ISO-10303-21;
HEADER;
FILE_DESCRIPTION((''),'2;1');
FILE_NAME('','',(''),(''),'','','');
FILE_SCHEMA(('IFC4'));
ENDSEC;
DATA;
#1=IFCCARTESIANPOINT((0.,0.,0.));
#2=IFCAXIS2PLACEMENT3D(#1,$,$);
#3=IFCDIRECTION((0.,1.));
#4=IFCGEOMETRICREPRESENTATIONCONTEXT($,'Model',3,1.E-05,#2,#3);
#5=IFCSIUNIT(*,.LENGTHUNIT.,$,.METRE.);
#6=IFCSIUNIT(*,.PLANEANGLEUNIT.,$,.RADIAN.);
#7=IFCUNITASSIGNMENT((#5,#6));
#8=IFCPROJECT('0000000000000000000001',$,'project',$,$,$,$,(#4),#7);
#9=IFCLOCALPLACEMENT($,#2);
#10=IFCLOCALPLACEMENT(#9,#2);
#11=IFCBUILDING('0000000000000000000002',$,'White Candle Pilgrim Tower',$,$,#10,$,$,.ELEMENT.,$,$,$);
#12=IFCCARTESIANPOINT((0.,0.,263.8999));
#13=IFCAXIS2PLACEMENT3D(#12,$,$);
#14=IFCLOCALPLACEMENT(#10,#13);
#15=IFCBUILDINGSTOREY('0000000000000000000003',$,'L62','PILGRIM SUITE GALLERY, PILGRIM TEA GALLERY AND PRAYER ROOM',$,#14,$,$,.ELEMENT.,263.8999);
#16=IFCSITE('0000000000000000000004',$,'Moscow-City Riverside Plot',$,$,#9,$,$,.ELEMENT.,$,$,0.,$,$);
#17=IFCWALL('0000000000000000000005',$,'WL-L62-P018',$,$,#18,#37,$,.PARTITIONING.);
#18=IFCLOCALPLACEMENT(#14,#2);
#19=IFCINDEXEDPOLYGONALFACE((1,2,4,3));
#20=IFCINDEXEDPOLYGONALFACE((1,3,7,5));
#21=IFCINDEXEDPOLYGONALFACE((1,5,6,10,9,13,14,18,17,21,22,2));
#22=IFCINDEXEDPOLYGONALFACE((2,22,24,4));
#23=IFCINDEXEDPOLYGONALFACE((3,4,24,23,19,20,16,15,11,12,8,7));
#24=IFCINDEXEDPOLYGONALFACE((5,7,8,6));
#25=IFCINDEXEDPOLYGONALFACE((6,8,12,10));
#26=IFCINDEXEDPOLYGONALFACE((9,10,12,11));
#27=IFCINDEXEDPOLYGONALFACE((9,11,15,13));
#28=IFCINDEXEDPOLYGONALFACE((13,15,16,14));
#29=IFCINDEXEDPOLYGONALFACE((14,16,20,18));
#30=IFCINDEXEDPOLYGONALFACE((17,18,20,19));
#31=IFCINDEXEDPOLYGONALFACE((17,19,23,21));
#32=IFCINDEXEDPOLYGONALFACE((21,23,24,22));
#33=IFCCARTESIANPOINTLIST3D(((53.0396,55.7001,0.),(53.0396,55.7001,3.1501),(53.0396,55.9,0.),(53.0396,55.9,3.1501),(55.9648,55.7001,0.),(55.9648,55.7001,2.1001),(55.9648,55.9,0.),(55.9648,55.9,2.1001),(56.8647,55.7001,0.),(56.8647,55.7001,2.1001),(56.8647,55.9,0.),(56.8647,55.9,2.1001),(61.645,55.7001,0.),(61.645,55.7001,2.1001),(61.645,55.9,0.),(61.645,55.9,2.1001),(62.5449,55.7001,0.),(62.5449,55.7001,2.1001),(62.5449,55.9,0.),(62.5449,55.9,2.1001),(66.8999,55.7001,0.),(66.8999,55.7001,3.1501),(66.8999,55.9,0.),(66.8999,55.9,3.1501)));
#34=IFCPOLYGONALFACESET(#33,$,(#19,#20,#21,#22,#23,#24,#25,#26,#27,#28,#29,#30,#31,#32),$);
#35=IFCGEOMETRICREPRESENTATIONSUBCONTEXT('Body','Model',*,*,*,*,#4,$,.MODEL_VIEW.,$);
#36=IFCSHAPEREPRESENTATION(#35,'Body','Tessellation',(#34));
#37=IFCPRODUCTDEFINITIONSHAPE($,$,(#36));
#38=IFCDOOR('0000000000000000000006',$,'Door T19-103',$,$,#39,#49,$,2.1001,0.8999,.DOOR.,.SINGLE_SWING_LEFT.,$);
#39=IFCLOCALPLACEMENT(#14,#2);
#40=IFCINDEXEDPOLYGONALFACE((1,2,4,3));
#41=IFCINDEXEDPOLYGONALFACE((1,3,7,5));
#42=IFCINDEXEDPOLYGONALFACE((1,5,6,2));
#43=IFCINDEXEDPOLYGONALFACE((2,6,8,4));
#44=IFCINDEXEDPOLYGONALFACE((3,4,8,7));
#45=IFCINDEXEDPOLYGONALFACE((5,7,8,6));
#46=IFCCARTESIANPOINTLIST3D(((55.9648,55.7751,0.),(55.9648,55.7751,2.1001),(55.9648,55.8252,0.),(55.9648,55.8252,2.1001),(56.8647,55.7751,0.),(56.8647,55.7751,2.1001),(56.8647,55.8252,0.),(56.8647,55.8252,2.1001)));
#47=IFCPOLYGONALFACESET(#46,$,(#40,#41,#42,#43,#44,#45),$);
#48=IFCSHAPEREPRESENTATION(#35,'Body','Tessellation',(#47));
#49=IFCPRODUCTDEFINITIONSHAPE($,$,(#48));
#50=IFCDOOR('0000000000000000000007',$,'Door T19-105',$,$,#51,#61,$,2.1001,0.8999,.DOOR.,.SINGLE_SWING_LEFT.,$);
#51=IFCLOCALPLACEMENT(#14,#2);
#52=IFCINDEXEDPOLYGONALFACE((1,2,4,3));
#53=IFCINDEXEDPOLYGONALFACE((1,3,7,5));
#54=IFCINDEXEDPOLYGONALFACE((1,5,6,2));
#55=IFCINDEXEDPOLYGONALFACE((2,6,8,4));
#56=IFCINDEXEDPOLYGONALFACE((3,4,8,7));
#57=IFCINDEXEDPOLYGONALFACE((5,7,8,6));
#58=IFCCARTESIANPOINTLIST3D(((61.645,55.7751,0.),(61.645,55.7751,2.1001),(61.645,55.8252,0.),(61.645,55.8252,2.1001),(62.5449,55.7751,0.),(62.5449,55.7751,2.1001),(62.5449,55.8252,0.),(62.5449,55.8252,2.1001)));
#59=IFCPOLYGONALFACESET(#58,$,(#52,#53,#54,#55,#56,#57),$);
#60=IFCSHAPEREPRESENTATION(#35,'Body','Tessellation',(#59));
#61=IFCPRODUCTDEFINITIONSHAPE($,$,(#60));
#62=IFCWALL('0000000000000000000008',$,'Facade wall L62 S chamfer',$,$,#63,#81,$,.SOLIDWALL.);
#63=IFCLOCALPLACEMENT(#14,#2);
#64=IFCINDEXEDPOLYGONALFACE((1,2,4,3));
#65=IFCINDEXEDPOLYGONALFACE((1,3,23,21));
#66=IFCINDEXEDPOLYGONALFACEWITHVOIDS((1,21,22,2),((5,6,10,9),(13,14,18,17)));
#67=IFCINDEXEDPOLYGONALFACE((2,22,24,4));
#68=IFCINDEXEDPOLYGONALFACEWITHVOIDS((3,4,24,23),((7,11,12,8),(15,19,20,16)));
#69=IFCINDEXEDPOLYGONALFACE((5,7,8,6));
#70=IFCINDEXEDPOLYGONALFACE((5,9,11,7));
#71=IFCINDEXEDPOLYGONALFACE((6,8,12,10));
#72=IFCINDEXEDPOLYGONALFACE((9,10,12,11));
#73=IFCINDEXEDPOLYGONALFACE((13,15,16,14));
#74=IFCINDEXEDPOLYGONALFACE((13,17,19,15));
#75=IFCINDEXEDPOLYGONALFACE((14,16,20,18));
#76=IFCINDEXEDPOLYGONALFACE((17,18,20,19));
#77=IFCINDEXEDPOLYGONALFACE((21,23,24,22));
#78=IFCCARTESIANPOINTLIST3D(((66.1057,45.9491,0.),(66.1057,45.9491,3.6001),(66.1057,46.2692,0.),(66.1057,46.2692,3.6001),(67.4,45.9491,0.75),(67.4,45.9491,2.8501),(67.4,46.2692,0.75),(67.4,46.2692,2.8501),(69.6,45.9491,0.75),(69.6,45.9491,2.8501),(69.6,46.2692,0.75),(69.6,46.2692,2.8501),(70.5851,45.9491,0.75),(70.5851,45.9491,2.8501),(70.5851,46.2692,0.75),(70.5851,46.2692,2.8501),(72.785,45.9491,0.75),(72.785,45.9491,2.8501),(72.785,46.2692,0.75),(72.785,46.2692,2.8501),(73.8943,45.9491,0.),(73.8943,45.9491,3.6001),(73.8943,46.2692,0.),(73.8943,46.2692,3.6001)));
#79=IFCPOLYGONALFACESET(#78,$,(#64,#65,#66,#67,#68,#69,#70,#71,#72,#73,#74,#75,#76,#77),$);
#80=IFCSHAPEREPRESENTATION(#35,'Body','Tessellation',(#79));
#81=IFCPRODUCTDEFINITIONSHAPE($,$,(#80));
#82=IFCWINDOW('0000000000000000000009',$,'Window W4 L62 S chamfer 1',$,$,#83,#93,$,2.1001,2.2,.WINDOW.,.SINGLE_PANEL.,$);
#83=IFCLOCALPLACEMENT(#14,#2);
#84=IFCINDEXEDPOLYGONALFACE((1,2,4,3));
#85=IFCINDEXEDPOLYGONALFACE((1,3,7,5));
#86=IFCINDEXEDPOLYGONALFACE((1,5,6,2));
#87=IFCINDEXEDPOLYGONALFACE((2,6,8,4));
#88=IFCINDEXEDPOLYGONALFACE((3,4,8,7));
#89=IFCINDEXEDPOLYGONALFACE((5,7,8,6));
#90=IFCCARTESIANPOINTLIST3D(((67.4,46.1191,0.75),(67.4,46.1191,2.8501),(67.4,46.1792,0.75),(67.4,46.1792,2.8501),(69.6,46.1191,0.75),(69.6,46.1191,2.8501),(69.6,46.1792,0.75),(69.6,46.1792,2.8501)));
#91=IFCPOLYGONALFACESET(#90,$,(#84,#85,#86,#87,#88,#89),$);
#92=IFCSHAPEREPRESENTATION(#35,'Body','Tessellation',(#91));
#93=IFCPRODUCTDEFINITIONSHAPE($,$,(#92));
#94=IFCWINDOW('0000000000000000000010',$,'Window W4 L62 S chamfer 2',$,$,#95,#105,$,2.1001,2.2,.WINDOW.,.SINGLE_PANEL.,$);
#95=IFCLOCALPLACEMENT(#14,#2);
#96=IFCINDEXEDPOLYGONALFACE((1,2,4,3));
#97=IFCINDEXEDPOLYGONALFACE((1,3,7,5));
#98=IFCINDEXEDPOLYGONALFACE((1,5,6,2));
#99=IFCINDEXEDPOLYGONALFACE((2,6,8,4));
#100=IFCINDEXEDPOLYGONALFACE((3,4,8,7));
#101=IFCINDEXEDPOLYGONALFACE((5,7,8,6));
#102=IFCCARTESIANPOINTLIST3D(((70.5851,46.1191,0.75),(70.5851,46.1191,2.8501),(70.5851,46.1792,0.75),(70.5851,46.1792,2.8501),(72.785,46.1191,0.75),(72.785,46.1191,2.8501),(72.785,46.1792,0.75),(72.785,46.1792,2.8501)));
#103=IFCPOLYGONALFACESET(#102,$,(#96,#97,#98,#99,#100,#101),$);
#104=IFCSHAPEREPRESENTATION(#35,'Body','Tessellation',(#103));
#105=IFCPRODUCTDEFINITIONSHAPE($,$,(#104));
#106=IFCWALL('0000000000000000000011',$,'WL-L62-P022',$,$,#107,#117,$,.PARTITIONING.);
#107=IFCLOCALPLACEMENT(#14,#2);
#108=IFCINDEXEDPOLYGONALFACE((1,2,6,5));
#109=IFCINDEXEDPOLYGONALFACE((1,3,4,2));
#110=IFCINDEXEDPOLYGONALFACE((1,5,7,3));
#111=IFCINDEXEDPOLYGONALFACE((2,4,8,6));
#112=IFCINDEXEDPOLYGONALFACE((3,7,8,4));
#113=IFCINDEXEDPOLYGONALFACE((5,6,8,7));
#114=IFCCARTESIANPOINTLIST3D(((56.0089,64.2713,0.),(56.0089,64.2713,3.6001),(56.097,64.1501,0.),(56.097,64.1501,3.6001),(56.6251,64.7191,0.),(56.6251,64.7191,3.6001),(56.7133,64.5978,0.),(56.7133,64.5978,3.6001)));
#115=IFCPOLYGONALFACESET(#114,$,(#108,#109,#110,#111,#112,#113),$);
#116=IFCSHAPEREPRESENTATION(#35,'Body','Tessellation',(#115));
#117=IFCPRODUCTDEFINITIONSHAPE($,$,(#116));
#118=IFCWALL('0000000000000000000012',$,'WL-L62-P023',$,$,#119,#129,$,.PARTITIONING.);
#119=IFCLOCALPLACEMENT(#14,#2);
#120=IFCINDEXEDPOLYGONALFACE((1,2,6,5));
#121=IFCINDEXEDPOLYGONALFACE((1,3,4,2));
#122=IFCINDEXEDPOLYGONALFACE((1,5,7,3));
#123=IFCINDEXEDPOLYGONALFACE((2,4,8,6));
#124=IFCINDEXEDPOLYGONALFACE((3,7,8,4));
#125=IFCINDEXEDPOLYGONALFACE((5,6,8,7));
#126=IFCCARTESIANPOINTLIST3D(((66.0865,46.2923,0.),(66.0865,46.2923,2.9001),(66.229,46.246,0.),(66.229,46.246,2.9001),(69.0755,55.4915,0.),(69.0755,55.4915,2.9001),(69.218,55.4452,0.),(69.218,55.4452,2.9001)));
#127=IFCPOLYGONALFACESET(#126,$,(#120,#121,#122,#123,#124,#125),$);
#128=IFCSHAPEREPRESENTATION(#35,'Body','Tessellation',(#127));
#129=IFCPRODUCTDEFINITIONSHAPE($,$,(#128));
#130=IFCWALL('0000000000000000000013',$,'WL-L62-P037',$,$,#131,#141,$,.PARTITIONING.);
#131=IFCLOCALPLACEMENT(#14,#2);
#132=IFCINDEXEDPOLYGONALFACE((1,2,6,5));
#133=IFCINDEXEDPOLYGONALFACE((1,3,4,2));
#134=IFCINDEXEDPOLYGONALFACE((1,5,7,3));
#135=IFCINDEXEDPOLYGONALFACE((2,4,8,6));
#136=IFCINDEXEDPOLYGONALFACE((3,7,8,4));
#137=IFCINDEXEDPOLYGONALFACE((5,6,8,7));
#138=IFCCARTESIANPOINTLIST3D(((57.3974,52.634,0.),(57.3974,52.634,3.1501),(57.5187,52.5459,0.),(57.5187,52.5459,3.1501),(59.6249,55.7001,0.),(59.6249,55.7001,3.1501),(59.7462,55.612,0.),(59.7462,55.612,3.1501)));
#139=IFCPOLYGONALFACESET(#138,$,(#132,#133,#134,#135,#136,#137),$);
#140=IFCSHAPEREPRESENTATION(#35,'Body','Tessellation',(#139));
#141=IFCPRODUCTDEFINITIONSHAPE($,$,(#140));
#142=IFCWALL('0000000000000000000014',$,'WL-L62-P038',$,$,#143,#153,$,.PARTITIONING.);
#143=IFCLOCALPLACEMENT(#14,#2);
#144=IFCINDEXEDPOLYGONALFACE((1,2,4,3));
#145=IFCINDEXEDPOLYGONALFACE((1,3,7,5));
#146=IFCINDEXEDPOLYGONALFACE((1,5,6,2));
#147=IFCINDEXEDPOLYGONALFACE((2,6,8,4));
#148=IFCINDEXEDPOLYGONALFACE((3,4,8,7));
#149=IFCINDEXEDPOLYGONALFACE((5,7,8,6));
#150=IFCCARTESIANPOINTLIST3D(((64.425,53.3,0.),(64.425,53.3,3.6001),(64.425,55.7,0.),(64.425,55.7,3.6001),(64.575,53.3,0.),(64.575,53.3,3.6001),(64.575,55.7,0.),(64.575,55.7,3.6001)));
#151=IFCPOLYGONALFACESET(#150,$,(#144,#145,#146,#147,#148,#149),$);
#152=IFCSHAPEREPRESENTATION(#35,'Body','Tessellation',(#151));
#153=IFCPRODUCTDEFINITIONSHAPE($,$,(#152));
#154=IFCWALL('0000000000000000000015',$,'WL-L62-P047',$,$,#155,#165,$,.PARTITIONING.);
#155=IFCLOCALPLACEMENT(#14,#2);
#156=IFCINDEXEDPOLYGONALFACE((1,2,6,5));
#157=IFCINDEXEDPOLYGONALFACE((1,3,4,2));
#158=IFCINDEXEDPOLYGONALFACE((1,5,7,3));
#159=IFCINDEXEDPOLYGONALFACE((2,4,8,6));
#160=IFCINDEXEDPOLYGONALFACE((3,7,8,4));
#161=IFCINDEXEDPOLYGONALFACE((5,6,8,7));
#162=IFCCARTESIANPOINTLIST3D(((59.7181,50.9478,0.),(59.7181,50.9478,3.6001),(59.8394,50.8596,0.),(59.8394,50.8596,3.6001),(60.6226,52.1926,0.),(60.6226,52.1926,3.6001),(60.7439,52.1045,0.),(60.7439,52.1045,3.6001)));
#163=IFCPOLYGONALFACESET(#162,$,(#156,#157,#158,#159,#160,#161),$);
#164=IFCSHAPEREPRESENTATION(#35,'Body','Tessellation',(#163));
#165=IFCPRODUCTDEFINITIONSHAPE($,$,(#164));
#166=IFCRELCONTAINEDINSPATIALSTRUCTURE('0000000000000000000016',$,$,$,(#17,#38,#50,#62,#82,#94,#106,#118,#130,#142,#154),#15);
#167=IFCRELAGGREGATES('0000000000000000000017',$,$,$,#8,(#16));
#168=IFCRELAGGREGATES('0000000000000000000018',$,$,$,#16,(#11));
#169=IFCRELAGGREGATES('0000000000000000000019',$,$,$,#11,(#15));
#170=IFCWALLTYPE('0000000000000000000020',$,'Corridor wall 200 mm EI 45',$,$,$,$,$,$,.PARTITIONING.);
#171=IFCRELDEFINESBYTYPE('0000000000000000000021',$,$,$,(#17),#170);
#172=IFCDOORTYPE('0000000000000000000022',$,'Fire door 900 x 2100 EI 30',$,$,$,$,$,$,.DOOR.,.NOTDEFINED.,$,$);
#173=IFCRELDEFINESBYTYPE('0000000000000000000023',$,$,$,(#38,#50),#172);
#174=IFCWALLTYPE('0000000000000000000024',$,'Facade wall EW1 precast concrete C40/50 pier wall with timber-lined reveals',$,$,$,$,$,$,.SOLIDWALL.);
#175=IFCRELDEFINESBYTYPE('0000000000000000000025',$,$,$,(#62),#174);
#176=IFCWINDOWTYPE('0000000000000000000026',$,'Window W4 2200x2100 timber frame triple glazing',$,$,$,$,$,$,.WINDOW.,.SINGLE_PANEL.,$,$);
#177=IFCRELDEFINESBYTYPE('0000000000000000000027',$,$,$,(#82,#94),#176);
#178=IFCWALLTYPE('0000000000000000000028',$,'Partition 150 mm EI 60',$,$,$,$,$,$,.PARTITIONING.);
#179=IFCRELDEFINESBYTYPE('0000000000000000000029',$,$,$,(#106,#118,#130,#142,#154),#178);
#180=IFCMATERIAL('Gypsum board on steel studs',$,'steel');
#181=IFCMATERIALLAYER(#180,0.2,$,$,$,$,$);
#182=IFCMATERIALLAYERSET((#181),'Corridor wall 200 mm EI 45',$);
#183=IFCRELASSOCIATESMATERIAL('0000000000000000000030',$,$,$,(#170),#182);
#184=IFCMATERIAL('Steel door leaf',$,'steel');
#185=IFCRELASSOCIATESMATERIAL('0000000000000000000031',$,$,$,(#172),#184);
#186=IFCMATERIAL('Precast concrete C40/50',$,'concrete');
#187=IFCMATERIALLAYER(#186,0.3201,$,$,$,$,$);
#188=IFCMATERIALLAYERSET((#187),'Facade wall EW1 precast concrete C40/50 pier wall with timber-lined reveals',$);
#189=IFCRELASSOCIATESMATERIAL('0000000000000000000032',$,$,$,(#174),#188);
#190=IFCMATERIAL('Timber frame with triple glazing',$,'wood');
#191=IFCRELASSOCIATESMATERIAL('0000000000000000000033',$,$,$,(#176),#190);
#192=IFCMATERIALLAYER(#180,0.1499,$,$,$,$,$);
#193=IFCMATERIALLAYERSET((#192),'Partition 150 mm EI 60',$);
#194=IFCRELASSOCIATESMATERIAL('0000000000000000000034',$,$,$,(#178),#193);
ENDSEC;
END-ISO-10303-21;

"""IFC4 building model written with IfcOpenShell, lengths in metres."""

from ifc_helpers import new_model, si_unit, direction, frame, frame_2d, origin, place, context, subcontext, project, spatial, rectangle, extrude, material, layer, layer_set, type_object, element, fill, save


model = new_model("IFC4")

# Units and contexts
model_context = context("Model", 3, precision=1e-05, world=origin(), true_north=direction((0.0, 1.0)))
body_context = subcontext(model_context, "Body", "Model", "MODEL_VIEW")
ifc_project = project(units=[si_unit("LENGTHUNIT", "METRE"), si_unit("PLANEANGLEUNIT", "RADIAN")], contexts=[model_context])

# Site, building, storey
site_placement = place(None, origin())
site = spatial("IfcSite", under=ifc_project, at=site_placement, Name="Moscow-City Riverside Plot", CompositionType="ELEMENT", RefElevation=0.0)
building_placement = place(site_placement, origin())
building = spatial("IfcBuilding", under=site, at=building_placement, Name="White Candle Pilgrim Tower", CompositionType="ELEMENT")
storey_placement = place(building_placement, frame((0.0, 0.0, 263.8999)))
storey = spatial("IfcBuildingStorey", under=building, at=storey_placement, Name="L62", Description="PILGRIM SUITE GALLERY, PILGRIM TEA GALLERY AND PRAYER ROOM", CompositionType="ELEMENT", Elevation=263.8999)

# Shared definitions
ifc_material_1 = material(Name="Gypsum board on steel studs", Category="steel")
ifc_layer_1 = layer(ifc_material_1, 0.2)
ifc_layer_set_1 = layer_set([ifc_layer_1], Name="Corridor wall 200 mm EI 45")
wall_type_1 = type_object("IfcWallType", Name="Corridor wall 200 mm EI 45", PredefinedType="PARTITIONING", material=ifc_layer_set_1)

# Shared definitions
ifc_material_2 = material(Name="Steel door leaf", Category="steel")
door_type_1 = type_object("IfcDoorType", Name="Fire door 900 x 2100 EI 30", OperationType="NOTDEFINED", PredefinedType="DOOR", material=ifc_material_2)

# Wall, openings, doors
wall_1_placement = place(storey_placement, frame((66.8999, 55.8, 0.0), z_axis=(0.0, 0.0, 1.0), x_axis=(-1.0, 0.0, 0.0)))
wall_1 = element("IfcWall", 1, at=wall_1_placement, inside=storey, type_object=wall_type_1, Name="WL-L62-P018", PredefinedType="PARTITIONING", context=body_context, shape_type="SweptSolid", body=[
    extrude(rectangle(XDim=13.8604, YDim=0.2, at=frame_2d((6.9302, 0.0))), origin(), (0.0, 0.0, 1.0), 3.1501),
])
opening_1_placement = place(wall_1_placement, frame((10.0352, 0.0, 0.0)))
opening_1 = element("IfcOpeningElement", 2, at=opening_1_placement, cuts=wall_1, PredefinedType="OPENING", context=body_context, shape_type="SweptSolid", body=[
    extrude(rectangle(XDim=0.8999, YDim=2.1001, at=frame_2d((0.45, 1.05))), frame((0.0, 0.1099, 0.0), z_axis=(0.0, -1.0, 0.0), x_axis=(1.0, 0.0, 0.0)), (0.0, 0.0, 1.0), 0.22),
])
opening_2_placement = place(wall_1_placement, frame((4.355, 0.0, 0.0)))
opening_2 = element("IfcOpeningElement", 3, at=opening_2_placement, cuts=wall_1, PredefinedType="OPENING", context=body_context, shape_type="SweptSolid", body=[
    extrude(rectangle(XDim=0.8999, YDim=2.1001, at=frame_2d((0.45, 1.05))), frame((0.0, 0.1099, 0.0), z_axis=(0.0, -1.0, 0.0), x_axis=(1.0, 0.0, 0.0)), (0.0, 0.0, 1.0), 0.22),
])
door_1_placement = place(opening_1_placement, origin())
door_1 = element("IfcDoor", 4, at=door_1_placement, inside=storey, type_object=door_type_1, Name="Door T19-103", OperationType="SINGLE_SWING_LEFT", OverallHeight=2.1001, OverallWidth=0.8999, PredefinedType="DOOR", context=body_context, shape_type="SweptSolid", body=[
    extrude(rectangle(XDim=0.8999, YDim=2.1001, at=frame_2d((0.45, 1.05))), frame((0.0, 0.0249, 0.0), z_axis=(0.0, -1.0, 0.0), x_axis=(1.0, 0.0, 0.0)), (0.0, 0.0, 1.0), 0.05),
])
fill(opening_1, door_1)
door_2_placement = place(opening_2_placement, origin())
door_2 = element("IfcDoor", 5, at=door_2_placement, inside=storey, type_object=door_type_1, Name="Door T19-105", OperationType="SINGLE_SWING_LEFT", OverallHeight=2.1001, OverallWidth=0.8999, PredefinedType="DOOR", context=body_context, shape_type="SweptSolid", body=[
    extrude(rectangle(XDim=0.8999, YDim=2.1001, at=frame_2d((0.45, 1.05))), frame((0.0, 0.0249, 0.0), z_axis=(0.0, -1.0, 0.0), x_axis=(1.0, 0.0, 0.0)), (0.0, 0.0, 1.0), 0.05),
])
fill(opening_2, door_2)

# Wall, openings, windows
ifc_material_3 = material(Name="Precast concrete C40/50", Category="concrete")
ifc_layer_2 = layer(ifc_material_3, 0.3201)
ifc_layer_set_2 = layer_set([ifc_layer_2], Name="Facade wall EW1 precast concrete C40/50 pier wall with timber-lined reveals")
wall_type_2 = type_object("IfcWallType", Name="Facade wall EW1 precast concrete C40/50 pier wall with timber-lined reveals", PredefinedType="SOLIDWALL", material=ifc_layer_set_2)
wall_2_placement = place(storey_placement, frame((66.1057, 46.1091, 0.0), z_axis=(0.0, 0.0, 1.0), x_axis=(1.0, 0.0, 0.0)))
wall_2 = element("IfcWall", 6, at=wall_2_placement, inside=storey, type_object=wall_type_2, Name="Facade wall L62 S chamfer", PredefinedType="SOLIDWALL", context=body_context, shape_type="SweptSolid", body=[
    extrude(rectangle(XDim=7.7886, YDim=0.3201, at=frame_2d((3.8943, 0.0))), origin(), (0.0, 0.0, 1.0), 3.6001),
])
opening_3_placement = place(wall_2_placement, frame((1.2942, 0.0, 0.75)))
opening_3 = element("IfcOpeningElement", 7, at=opening_3_placement, cuts=wall_2, PredefinedType="OPENING", context=body_context, shape_type="SweptSolid", body=[
    extrude(rectangle(XDim=2.2, YDim=2.1001, at=frame_2d((1.1001, 1.05))), frame((0.0, 0.1699, 0.0), z_axis=(0.0, -1.0, 0.0), x_axis=(1.0, 0.0, 0.0)), (0.0, 0.0, 1.0), 0.3401),
])
opening_4_placement = place(wall_2_placement, frame((4.4792, 0.0, 0.75)))
opening_4 = element("IfcOpeningElement", 8, at=opening_4_placement, cuts=wall_2, PredefinedType="OPENING", context=body_context, shape_type="SweptSolid", body=[
    extrude(rectangle(XDim=2.2, YDim=2.1001, at=frame_2d((1.1001, 1.05))), frame((0.0, 0.1699, 0.0), z_axis=(0.0, -1.0, 0.0), x_axis=(1.0, 0.0, 0.0)), (0.0, 0.0, 1.0), 0.3401),
])
ifc_material_4 = material(Name="Timber frame with triple glazing", Category="wood")
window_type = type_object("IfcWindowType", Name="Window W4 2200x2100 timber frame triple glazing", PartitioningType="SINGLE_PANEL", PredefinedType="WINDOW", material=ifc_material_4)
window_1_placement = place(opening_3_placement, origin())
window_1 = element("IfcWindow", 9, at=window_1_placement, inside=storey, type_object=window_type, Name="Window W4 L62 S chamfer 1", OverallHeight=2.1001, OverallWidth=2.2, PartitioningType="SINGLE_PANEL", PredefinedType="WINDOW", context=body_context, shape_type="SweptSolid", body=[
    extrude(rectangle(XDim=2.2, YDim=2.1001, at=frame_2d((1.1001, 1.05))), frame((0.0, 0.0701, 0.0), z_axis=(0.0, -1.0, 0.0), x_axis=(1.0, 0.0, 0.0)), (0.0, 0.0, 1.0), 0.0601),
])
fill(opening_3, window_1)
window_2_placement = place(opening_4_placement, origin())
window_2 = element("IfcWindow", 10, at=window_2_placement, inside=storey, type_object=window_type, Name="Window W4 L62 S chamfer 2", OverallHeight=2.1001, OverallWidth=2.2, PartitioningType="SINGLE_PANEL", PredefinedType="WINDOW", context=body_context, shape_type="SweptSolid", body=[
    extrude(rectangle(XDim=2.2, YDim=2.1001, at=frame_2d((1.1001, 1.05))), frame((0.0, 0.0701, 0.0), z_axis=(0.0, -1.0, 0.0), x_axis=(1.0, 0.0, 0.0)), (0.0, 0.0, 1.0), 0.0601),
])
fill(opening_4, window_2)

# Walls
ifc_layer_3 = layer(ifc_material_1, 0.1499)
ifc_layer_set_3 = layer_set([ifc_layer_3], Name="Partition 150 mm EI 60")
wall_type_3 = type_object("IfcWallType", Name="Partition 150 mm EI 60", PredefinedType="PARTITIONING", material=ifc_layer_set_3)
wall_3_placement = place(storey_placement, frame((56.053, 64.2107, 0.0), z_axis=(0.0, 0.0, 1.0), x_axis=(0.808985, 0.587829, 0.0)))
element("IfcWall", 11, at=wall_3_placement, inside=storey, type_object=wall_type_3, Name="WL-L62-P022", PredefinedType="PARTITIONING", context=body_context, shape_type="SweptSolid", body=[
    extrude(rectangle(XDim=0.7617, YDim=0.1499, at=frame_2d((0.3809, 0.0))), origin(), (0.0, 0.0, 1.0), 3.6001),
])
wall_4_placement = place(storey_placement, frame((66.1577, 46.269, 0.0), z_axis=(0.0, 0.0, 1.0), x_axis=(0.309018, 0.951056, 0.0)))
element("IfcWall", 12, at=wall_4_placement, inside=storey, type_object=wall_type_3, Name="WL-L62-P023", PredefinedType="PARTITIONING", context=body_context, shape_type="SweptSolid", body=[
    extrude(rectangle(XDim=9.6726, YDim=0.1499, at=frame_2d((4.8364, 0.0))), origin(), (0.0, 0.0, 1.0), 2.9001),
])
wall_5_placement = place(storey_placement, frame((57.458, 52.5898, 0.0), z_axis=(0.0, 0.0, 1.0), x_axis=(0.587758, 0.809037, 0.0)))
element("IfcWall", 13, at=wall_5_placement, inside=storey, type_object=wall_type_3, Name="WL-L62-P037", PredefinedType="PARTITIONING", context=body_context, shape_type="SweptSolid", body=[
    extrude(rectangle(XDim=3.7898, YDim=0.1499, at=frame_2d((1.895, 0.0))), origin(), (0.0, 0.0, 1.0), 3.1501),
])
wall_6_placement = place(storey_placement, frame((64.5, 55.7, 0.0), z_axis=(0.0, 0.0, 1.0), x_axis=(0.0, -1.0, 0.0)))
element("IfcWall", 14, at=wall_6_placement, inside=storey, type_object=wall_type_3, Name="WL-L62-P038", PredefinedType="PARTITIONING", context=body_context, shape_type="SweptSolid", body=[
    extrude(rectangle(XDim=2.3999, YDim=0.1499, at=frame_2d((1.2, 0.0))), origin(), (0.0, 0.0, 1.0), 3.6001),
])
wall_7_placement = place(storey_placement, frame((60.6833, 52.1487, 0.0), z_axis=(0.0, 0.0, 1.0), x_axis=(-0.587823, -0.80899, 0.0)))
element("IfcWall", 15, at=wall_7_placement, inside=storey, type_object=wall_type_3, Name="WL-L62-P047", PredefinedType="PARTITIONING", context=body_context, shape_type="SweptSolid", body=[
    extrude(rectangle(XDim=1.5388, YDim=0.1499, at=frame_2d((0.7695, 0.0))), origin(), (0.0, 0.0, 1.0), 3.6001),
])

save(model, "model.ifc")
